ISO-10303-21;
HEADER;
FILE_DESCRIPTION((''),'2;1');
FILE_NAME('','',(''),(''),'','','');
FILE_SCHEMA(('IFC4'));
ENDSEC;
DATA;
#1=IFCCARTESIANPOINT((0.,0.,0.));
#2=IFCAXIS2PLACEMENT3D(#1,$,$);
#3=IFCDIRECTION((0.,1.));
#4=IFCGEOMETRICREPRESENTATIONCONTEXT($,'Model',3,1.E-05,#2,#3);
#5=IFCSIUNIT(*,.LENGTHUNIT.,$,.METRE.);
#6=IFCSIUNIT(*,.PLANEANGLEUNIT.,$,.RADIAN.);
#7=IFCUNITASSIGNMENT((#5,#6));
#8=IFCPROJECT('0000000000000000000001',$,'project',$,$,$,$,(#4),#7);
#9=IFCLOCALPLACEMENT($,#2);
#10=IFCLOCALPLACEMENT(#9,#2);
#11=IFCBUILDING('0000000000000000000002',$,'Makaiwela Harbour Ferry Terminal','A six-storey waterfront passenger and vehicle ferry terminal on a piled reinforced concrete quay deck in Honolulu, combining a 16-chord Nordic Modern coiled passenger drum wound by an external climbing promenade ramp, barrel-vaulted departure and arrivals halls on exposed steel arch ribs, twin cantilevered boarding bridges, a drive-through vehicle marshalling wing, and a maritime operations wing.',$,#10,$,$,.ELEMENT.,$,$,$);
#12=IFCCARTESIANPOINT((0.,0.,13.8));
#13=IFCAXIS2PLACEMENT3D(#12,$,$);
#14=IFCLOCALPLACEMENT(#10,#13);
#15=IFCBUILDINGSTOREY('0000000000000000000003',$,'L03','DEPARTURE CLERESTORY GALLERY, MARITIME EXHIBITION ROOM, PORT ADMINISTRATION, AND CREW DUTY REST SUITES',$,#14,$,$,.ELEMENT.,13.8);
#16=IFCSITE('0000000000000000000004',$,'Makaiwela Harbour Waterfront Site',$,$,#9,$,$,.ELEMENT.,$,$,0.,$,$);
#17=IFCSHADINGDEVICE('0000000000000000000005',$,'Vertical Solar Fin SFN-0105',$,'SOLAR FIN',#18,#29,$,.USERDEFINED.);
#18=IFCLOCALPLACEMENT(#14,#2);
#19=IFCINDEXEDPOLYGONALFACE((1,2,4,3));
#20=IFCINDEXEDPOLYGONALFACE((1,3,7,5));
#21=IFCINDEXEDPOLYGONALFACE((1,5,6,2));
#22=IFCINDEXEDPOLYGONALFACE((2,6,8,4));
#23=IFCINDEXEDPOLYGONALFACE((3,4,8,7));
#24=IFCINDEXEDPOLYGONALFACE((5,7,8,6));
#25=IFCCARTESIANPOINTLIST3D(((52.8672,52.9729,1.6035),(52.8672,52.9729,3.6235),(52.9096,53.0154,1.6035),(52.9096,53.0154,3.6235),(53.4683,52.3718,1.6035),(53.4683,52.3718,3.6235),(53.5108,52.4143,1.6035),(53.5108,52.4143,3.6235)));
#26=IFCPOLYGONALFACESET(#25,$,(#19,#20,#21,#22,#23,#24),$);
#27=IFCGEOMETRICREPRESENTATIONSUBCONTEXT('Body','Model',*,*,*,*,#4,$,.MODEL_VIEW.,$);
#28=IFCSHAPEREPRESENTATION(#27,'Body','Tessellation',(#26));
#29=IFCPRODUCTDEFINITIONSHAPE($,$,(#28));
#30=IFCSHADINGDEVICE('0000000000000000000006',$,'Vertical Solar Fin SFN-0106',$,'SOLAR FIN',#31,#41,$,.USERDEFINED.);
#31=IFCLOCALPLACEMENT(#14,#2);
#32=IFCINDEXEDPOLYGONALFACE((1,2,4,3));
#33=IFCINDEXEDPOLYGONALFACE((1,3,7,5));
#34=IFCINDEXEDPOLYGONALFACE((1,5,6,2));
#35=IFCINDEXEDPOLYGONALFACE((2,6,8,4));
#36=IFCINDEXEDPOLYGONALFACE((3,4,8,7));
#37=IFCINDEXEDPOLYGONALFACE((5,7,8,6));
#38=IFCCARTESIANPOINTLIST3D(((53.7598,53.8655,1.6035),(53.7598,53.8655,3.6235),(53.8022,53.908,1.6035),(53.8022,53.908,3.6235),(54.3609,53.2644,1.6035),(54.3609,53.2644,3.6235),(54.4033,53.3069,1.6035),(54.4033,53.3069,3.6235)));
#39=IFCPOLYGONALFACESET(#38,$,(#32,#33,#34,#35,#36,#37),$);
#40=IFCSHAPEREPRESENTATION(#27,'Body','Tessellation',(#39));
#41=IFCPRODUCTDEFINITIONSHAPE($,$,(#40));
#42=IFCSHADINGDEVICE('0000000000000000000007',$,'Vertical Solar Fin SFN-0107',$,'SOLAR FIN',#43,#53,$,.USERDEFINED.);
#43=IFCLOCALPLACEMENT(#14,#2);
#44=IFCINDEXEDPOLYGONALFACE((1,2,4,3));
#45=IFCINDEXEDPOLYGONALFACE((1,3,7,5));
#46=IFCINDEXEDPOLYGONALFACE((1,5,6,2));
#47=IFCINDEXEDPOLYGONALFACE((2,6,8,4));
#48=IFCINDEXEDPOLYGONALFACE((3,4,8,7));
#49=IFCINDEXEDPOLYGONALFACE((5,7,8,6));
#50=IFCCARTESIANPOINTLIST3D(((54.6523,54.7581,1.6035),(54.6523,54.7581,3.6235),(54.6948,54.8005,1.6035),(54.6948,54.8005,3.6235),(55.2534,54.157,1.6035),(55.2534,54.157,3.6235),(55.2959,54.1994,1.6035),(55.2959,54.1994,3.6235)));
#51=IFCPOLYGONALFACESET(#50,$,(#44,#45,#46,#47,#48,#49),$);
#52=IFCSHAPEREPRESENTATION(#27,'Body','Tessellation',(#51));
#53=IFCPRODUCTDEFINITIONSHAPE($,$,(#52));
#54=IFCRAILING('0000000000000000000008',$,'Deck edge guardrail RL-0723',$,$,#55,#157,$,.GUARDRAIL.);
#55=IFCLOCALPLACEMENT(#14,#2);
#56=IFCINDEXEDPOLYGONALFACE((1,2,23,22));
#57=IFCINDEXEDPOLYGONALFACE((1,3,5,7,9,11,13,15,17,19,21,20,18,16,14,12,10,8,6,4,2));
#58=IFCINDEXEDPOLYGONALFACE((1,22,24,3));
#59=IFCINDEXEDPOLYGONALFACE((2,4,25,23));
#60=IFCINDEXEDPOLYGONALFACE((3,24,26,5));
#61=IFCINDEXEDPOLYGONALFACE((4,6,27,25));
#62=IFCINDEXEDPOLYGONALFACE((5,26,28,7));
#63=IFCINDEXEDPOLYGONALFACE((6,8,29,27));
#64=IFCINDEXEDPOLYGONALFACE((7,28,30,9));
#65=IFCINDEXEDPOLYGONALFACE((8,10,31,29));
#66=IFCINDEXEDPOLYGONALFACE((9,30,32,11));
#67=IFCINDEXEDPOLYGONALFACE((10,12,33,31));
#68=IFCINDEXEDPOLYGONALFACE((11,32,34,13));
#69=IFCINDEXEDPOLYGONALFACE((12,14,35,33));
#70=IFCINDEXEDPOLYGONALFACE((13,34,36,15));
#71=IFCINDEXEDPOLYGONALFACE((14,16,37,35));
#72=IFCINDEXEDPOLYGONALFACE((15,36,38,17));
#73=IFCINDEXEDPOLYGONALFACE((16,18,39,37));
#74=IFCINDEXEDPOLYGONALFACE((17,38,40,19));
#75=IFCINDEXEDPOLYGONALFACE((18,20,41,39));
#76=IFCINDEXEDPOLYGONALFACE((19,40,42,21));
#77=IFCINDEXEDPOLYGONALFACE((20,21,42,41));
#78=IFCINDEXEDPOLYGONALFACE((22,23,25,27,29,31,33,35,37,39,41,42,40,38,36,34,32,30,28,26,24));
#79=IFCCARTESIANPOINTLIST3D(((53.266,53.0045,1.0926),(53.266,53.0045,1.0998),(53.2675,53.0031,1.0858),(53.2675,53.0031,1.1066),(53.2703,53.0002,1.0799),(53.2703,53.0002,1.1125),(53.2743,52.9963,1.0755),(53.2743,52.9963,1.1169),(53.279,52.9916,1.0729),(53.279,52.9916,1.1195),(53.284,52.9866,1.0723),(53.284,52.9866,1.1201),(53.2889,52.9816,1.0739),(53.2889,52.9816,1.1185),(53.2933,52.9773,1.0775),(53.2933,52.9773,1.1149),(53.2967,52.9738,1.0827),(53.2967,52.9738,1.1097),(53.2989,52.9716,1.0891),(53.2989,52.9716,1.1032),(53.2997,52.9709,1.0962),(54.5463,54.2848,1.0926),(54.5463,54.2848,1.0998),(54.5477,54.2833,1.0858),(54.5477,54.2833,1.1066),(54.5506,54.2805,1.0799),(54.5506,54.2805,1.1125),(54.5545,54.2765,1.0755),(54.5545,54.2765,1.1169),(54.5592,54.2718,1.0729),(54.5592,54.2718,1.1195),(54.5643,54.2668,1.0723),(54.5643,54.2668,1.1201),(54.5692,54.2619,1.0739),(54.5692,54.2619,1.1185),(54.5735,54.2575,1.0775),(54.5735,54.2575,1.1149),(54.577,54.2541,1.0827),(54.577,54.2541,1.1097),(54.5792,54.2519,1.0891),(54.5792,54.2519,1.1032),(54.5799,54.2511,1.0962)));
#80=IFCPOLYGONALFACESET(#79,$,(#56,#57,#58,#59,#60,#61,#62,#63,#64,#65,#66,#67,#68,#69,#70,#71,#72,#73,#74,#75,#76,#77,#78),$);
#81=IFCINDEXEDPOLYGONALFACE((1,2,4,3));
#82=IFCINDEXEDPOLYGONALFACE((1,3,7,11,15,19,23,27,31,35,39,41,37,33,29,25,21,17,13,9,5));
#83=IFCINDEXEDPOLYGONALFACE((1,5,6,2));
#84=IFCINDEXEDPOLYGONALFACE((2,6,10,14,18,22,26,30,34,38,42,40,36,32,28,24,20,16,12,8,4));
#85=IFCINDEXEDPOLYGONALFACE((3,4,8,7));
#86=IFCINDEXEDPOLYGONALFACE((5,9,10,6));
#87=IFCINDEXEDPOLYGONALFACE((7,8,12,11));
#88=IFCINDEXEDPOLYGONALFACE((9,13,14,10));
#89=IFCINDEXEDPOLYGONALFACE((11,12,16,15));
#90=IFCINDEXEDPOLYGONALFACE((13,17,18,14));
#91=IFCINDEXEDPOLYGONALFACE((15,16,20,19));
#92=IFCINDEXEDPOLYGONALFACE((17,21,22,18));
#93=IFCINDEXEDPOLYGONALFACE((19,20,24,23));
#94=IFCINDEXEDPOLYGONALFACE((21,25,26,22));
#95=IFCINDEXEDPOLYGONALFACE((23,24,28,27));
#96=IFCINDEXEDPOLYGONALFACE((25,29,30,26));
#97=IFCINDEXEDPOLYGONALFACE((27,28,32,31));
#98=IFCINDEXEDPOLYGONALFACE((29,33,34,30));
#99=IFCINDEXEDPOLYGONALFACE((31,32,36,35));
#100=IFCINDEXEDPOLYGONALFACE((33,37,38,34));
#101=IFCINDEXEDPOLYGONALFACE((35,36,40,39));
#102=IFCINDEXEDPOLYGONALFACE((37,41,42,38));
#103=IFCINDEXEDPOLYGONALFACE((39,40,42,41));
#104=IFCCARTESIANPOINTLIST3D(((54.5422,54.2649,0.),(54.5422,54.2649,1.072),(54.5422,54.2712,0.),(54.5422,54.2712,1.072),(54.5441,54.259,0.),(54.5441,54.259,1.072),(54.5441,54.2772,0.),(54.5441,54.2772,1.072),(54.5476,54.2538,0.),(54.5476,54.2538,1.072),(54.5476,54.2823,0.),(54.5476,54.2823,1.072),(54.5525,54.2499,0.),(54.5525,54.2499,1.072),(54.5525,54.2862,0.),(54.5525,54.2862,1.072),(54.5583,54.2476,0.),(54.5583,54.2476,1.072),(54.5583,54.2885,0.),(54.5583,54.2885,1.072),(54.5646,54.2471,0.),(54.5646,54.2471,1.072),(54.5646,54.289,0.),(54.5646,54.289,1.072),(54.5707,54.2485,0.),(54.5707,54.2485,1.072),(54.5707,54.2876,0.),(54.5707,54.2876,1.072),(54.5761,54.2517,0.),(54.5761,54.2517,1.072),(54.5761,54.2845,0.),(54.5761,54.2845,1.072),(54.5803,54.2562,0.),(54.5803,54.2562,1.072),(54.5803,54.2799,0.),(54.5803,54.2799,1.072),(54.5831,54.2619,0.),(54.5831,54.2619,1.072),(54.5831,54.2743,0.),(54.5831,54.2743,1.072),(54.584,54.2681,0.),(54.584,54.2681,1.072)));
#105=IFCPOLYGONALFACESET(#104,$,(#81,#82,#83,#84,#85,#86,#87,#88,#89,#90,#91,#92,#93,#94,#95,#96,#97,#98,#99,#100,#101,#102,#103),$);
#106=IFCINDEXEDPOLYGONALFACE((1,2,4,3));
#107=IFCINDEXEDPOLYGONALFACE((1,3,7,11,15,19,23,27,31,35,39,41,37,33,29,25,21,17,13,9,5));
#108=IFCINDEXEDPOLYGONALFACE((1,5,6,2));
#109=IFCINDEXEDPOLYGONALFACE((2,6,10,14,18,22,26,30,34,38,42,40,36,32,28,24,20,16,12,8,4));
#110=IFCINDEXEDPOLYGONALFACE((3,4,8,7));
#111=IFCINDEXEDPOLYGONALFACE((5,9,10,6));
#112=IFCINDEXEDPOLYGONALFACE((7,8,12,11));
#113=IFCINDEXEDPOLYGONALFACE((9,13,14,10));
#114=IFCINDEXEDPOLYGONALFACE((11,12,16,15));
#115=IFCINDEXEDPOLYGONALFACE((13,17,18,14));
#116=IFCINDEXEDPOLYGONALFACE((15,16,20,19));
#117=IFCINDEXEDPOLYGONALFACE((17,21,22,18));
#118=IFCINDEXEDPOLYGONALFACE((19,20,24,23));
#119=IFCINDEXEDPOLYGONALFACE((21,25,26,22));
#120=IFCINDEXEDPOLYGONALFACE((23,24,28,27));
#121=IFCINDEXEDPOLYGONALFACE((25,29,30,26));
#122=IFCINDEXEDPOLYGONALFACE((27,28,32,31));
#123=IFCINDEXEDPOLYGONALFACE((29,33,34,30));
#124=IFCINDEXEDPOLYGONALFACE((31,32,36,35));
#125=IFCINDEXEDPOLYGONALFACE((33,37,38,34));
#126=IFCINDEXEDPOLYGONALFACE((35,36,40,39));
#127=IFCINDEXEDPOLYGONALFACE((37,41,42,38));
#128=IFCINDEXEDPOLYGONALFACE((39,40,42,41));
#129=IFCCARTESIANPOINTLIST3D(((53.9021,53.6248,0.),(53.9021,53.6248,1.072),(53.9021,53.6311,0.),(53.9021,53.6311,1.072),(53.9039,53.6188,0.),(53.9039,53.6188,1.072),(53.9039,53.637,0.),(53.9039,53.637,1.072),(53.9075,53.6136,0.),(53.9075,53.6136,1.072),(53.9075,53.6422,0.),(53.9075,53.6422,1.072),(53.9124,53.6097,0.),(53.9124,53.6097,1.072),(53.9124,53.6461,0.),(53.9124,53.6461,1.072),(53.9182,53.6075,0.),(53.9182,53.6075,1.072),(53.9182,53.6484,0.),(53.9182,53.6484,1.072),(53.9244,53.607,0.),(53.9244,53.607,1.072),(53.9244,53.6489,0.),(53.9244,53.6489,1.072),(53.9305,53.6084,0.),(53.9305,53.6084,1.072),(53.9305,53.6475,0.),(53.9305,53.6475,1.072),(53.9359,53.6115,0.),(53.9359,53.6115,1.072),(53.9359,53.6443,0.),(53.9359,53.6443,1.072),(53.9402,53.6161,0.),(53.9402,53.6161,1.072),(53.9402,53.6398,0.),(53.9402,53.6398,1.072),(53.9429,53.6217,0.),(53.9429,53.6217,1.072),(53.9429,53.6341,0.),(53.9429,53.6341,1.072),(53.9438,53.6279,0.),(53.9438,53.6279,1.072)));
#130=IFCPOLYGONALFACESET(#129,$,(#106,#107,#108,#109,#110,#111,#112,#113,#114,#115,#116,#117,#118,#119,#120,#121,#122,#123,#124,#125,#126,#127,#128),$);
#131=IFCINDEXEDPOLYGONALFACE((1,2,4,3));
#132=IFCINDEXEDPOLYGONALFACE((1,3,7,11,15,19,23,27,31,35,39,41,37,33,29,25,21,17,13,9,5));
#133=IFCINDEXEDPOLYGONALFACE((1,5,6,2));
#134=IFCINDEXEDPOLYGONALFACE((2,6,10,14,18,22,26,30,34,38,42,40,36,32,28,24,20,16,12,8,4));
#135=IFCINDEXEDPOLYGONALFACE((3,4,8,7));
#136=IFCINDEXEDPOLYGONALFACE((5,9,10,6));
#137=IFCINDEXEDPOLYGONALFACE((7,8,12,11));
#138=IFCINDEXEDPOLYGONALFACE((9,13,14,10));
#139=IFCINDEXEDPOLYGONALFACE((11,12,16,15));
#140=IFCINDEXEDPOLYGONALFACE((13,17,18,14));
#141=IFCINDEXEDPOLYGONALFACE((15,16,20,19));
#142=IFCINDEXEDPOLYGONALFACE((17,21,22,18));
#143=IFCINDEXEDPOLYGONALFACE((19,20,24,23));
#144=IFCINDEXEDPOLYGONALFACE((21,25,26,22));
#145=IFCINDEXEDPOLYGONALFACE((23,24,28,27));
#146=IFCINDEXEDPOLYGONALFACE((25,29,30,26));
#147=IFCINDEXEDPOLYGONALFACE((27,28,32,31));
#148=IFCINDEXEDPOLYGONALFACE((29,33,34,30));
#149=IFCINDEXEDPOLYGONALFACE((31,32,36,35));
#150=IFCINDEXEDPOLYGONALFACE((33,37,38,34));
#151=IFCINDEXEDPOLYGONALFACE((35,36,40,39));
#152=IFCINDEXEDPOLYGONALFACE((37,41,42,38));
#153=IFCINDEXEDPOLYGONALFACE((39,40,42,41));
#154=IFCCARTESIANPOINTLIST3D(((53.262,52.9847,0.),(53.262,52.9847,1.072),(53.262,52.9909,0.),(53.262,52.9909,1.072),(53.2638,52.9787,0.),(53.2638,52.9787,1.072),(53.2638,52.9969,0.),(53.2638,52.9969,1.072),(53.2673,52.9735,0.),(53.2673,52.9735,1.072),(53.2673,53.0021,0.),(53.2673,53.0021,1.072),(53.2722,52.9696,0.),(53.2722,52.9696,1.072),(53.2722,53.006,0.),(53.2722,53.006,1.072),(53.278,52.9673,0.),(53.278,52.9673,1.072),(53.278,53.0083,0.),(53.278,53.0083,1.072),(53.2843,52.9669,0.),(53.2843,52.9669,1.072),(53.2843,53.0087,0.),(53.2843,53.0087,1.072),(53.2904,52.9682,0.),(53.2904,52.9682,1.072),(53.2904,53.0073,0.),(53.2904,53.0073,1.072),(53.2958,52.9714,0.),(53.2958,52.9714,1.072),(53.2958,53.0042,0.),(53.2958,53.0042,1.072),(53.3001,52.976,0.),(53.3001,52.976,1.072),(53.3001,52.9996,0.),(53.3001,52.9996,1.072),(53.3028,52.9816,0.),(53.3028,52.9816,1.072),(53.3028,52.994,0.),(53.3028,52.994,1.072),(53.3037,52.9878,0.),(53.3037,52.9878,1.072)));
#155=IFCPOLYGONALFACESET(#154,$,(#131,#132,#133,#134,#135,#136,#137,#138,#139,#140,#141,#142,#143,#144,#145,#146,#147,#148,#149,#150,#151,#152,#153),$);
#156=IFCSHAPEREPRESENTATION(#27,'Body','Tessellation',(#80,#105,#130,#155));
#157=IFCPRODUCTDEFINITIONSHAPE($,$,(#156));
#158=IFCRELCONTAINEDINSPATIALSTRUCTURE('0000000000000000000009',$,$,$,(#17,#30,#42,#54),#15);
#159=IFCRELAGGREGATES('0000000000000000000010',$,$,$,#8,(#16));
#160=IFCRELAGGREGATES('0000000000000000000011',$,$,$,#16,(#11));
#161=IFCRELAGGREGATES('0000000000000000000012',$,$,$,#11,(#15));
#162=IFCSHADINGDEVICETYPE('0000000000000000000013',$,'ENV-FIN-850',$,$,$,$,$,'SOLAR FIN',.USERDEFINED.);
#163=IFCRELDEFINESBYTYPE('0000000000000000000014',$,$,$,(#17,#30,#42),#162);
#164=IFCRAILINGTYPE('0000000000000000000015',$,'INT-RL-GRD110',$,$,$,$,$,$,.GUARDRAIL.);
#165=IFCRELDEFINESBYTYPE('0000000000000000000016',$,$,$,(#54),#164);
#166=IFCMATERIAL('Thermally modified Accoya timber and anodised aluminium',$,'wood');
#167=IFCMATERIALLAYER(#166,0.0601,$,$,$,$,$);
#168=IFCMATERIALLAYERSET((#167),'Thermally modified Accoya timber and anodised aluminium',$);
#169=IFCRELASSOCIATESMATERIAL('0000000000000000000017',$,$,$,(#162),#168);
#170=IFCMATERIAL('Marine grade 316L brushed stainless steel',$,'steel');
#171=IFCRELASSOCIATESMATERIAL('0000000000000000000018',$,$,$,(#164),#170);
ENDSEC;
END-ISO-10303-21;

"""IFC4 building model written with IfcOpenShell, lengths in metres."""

from ifc_helpers import new_model, si_unit, direction, frame, origin, origin_2d, place, context, subcontext, project, spatial, rectangle, circle, extrude, material, layer, layer_set, type_object, element, save


model = new_model("IFC4")

# Units and contexts
model_context = context("Model", 3, precision=1e-05, world=origin(), true_north=direction((0.0, 1.0)))
body_context = subcontext(model_context, "Body", "Model", "MODEL_VIEW")
ifc_project = project(units=[si_unit("LENGTHUNIT", "METRE"), si_unit("PLANEANGLEUNIT", "RADIAN")], contexts=[model_context])

# Site, building, storey
site_placement = place(None, origin())
site = spatial("IfcSite", under=ifc_project, at=site_placement, Name="Makaiwela Harbour Waterfront Site", CompositionType="ELEMENT", RefElevation=0.0)
building_placement = place(site_placement, origin())
building = spatial("IfcBuilding", under=site, at=building_placement, Name="Makaiwela Harbour Ferry Terminal", Description="A six-storey waterfront passenger and vehicle ferry terminal on a piled reinforced concrete quay deck in Honolulu, combining a 16-chord Nordic Modern coiled passenger drum wound by an external climbing promenade ramp, barrel-vaulted departure and arrivals halls on exposed steel arch ribs, twin cantilevered boarding bridges, a drive-through vehicle marshalling wing, and a maritime operations wing.", CompositionType="ELEMENT")
storey_placement = place(building_placement, frame((0.0, 0.0, 13.8)))
storey = spatial("IfcBuildingStorey", under=building, at=storey_placement, Name="L03", Description="DEPARTURE CLERESTORY GALLERY, MARITIME EXHIBITION ROOM, PORT ADMINISTRATION, AND CREW DUTY REST SUITES", CompositionType="ELEMENT", Elevation=13.8)

# Shading devices
ifc_material_1 = material(Name="Thermally modified Accoya timber and anodised aluminium", Category="wood")
ifc_layer_1 = layer(ifc_material_1, 0.0601)
ifc_layer_set_1 = layer_set([ifc_layer_1], Name="Thermally modified Accoya timber and anodised aluminium")
shading_device_type = type_object("IfcShadingDeviceType", Name="ENV-FIN-850", ElementType="SOLAR FIN", PredefinedType="USERDEFINED", material=ifc_layer_set_1)
for number, where, z_axis, x_axis, name in (
    (1, (53.189, 52.6936, 1.6035), (0.0, 0.0, 1.0), (0.707107, -0.707107, 0.0), "Vertical Solar Fin SFN-0105"),
    (2, (54.0815, 53.5862, 1.6035), (0.0, 0.0, 1.0), (0.707107, -0.707107, 0.0), "Vertical Solar Fin SFN-0106"),
    (3, (54.9741, 54.4788, 1.6035), (0.0, 0.0, 1.0), (0.707107, -0.707107, 0.0), "Vertical Solar Fin SFN-0107"),
):
    element("IfcShadingDevice", number, at=place(storey_placement, frame(where, z_axis=z_axis, x_axis=x_axis)), inside=storey, type_object=shading_device_type, Name=name, ObjectType="SOLAR FIN", PredefinedType="USERDEFINED", context=body_context, shape_type="SweptSolid", body=[
        extrude(rectangle(XDim=0.8501, YDim=0.0601, at=origin_2d()), origin(), (0.0, 0.0, 1.0), 2.02),
    ])

# Railing
ifc_material_2 = material(Name="Marine grade 316L brushed stainless steel", Category="steel")
railing_type = type_object("IfcRailingType", Name="INT-RL-GRD110", PredefinedType="GUARDRAIL", material=ifc_material_2)
railing_1_placement = place(storey_placement, frame((54.563, 54.2681, 0.0)))
element("IfcRailing", 4, at=railing_1_placement, inside=storey, type_object=railing_type, Name="Deck edge guardrail RL-0723", PredefinedType="GUARDRAIL", context=body_context, shape_type="SweptSolid", body=[
    extrude(circle(Radius=0.0239, at=origin_2d()), frame((0.0, 0.0, 1.0962), z_axis=(-0.707107, -0.707107, 0.0), x_axis=(0.707107, -0.707107, 0.0)), (0.0, 0.0, 1.0), 1.8105),
    extrude(circle(Radius=0.021, at=origin_2d()), origin(), (0.0, 0.0, 1.0), 1.072),
    extrude(circle(Radius=0.021, at=origin_2d()), frame((-0.6401, -0.6401, 0.0)), (0.0, 0.0, 1.0), 1.072),
    extrude(circle(Radius=0.021, at=origin_2d()), frame((-1.2803, -1.2803, 0.0)), (0.0, 0.0, 1.0), 1.072),
])

save(model, "model.ifc")
